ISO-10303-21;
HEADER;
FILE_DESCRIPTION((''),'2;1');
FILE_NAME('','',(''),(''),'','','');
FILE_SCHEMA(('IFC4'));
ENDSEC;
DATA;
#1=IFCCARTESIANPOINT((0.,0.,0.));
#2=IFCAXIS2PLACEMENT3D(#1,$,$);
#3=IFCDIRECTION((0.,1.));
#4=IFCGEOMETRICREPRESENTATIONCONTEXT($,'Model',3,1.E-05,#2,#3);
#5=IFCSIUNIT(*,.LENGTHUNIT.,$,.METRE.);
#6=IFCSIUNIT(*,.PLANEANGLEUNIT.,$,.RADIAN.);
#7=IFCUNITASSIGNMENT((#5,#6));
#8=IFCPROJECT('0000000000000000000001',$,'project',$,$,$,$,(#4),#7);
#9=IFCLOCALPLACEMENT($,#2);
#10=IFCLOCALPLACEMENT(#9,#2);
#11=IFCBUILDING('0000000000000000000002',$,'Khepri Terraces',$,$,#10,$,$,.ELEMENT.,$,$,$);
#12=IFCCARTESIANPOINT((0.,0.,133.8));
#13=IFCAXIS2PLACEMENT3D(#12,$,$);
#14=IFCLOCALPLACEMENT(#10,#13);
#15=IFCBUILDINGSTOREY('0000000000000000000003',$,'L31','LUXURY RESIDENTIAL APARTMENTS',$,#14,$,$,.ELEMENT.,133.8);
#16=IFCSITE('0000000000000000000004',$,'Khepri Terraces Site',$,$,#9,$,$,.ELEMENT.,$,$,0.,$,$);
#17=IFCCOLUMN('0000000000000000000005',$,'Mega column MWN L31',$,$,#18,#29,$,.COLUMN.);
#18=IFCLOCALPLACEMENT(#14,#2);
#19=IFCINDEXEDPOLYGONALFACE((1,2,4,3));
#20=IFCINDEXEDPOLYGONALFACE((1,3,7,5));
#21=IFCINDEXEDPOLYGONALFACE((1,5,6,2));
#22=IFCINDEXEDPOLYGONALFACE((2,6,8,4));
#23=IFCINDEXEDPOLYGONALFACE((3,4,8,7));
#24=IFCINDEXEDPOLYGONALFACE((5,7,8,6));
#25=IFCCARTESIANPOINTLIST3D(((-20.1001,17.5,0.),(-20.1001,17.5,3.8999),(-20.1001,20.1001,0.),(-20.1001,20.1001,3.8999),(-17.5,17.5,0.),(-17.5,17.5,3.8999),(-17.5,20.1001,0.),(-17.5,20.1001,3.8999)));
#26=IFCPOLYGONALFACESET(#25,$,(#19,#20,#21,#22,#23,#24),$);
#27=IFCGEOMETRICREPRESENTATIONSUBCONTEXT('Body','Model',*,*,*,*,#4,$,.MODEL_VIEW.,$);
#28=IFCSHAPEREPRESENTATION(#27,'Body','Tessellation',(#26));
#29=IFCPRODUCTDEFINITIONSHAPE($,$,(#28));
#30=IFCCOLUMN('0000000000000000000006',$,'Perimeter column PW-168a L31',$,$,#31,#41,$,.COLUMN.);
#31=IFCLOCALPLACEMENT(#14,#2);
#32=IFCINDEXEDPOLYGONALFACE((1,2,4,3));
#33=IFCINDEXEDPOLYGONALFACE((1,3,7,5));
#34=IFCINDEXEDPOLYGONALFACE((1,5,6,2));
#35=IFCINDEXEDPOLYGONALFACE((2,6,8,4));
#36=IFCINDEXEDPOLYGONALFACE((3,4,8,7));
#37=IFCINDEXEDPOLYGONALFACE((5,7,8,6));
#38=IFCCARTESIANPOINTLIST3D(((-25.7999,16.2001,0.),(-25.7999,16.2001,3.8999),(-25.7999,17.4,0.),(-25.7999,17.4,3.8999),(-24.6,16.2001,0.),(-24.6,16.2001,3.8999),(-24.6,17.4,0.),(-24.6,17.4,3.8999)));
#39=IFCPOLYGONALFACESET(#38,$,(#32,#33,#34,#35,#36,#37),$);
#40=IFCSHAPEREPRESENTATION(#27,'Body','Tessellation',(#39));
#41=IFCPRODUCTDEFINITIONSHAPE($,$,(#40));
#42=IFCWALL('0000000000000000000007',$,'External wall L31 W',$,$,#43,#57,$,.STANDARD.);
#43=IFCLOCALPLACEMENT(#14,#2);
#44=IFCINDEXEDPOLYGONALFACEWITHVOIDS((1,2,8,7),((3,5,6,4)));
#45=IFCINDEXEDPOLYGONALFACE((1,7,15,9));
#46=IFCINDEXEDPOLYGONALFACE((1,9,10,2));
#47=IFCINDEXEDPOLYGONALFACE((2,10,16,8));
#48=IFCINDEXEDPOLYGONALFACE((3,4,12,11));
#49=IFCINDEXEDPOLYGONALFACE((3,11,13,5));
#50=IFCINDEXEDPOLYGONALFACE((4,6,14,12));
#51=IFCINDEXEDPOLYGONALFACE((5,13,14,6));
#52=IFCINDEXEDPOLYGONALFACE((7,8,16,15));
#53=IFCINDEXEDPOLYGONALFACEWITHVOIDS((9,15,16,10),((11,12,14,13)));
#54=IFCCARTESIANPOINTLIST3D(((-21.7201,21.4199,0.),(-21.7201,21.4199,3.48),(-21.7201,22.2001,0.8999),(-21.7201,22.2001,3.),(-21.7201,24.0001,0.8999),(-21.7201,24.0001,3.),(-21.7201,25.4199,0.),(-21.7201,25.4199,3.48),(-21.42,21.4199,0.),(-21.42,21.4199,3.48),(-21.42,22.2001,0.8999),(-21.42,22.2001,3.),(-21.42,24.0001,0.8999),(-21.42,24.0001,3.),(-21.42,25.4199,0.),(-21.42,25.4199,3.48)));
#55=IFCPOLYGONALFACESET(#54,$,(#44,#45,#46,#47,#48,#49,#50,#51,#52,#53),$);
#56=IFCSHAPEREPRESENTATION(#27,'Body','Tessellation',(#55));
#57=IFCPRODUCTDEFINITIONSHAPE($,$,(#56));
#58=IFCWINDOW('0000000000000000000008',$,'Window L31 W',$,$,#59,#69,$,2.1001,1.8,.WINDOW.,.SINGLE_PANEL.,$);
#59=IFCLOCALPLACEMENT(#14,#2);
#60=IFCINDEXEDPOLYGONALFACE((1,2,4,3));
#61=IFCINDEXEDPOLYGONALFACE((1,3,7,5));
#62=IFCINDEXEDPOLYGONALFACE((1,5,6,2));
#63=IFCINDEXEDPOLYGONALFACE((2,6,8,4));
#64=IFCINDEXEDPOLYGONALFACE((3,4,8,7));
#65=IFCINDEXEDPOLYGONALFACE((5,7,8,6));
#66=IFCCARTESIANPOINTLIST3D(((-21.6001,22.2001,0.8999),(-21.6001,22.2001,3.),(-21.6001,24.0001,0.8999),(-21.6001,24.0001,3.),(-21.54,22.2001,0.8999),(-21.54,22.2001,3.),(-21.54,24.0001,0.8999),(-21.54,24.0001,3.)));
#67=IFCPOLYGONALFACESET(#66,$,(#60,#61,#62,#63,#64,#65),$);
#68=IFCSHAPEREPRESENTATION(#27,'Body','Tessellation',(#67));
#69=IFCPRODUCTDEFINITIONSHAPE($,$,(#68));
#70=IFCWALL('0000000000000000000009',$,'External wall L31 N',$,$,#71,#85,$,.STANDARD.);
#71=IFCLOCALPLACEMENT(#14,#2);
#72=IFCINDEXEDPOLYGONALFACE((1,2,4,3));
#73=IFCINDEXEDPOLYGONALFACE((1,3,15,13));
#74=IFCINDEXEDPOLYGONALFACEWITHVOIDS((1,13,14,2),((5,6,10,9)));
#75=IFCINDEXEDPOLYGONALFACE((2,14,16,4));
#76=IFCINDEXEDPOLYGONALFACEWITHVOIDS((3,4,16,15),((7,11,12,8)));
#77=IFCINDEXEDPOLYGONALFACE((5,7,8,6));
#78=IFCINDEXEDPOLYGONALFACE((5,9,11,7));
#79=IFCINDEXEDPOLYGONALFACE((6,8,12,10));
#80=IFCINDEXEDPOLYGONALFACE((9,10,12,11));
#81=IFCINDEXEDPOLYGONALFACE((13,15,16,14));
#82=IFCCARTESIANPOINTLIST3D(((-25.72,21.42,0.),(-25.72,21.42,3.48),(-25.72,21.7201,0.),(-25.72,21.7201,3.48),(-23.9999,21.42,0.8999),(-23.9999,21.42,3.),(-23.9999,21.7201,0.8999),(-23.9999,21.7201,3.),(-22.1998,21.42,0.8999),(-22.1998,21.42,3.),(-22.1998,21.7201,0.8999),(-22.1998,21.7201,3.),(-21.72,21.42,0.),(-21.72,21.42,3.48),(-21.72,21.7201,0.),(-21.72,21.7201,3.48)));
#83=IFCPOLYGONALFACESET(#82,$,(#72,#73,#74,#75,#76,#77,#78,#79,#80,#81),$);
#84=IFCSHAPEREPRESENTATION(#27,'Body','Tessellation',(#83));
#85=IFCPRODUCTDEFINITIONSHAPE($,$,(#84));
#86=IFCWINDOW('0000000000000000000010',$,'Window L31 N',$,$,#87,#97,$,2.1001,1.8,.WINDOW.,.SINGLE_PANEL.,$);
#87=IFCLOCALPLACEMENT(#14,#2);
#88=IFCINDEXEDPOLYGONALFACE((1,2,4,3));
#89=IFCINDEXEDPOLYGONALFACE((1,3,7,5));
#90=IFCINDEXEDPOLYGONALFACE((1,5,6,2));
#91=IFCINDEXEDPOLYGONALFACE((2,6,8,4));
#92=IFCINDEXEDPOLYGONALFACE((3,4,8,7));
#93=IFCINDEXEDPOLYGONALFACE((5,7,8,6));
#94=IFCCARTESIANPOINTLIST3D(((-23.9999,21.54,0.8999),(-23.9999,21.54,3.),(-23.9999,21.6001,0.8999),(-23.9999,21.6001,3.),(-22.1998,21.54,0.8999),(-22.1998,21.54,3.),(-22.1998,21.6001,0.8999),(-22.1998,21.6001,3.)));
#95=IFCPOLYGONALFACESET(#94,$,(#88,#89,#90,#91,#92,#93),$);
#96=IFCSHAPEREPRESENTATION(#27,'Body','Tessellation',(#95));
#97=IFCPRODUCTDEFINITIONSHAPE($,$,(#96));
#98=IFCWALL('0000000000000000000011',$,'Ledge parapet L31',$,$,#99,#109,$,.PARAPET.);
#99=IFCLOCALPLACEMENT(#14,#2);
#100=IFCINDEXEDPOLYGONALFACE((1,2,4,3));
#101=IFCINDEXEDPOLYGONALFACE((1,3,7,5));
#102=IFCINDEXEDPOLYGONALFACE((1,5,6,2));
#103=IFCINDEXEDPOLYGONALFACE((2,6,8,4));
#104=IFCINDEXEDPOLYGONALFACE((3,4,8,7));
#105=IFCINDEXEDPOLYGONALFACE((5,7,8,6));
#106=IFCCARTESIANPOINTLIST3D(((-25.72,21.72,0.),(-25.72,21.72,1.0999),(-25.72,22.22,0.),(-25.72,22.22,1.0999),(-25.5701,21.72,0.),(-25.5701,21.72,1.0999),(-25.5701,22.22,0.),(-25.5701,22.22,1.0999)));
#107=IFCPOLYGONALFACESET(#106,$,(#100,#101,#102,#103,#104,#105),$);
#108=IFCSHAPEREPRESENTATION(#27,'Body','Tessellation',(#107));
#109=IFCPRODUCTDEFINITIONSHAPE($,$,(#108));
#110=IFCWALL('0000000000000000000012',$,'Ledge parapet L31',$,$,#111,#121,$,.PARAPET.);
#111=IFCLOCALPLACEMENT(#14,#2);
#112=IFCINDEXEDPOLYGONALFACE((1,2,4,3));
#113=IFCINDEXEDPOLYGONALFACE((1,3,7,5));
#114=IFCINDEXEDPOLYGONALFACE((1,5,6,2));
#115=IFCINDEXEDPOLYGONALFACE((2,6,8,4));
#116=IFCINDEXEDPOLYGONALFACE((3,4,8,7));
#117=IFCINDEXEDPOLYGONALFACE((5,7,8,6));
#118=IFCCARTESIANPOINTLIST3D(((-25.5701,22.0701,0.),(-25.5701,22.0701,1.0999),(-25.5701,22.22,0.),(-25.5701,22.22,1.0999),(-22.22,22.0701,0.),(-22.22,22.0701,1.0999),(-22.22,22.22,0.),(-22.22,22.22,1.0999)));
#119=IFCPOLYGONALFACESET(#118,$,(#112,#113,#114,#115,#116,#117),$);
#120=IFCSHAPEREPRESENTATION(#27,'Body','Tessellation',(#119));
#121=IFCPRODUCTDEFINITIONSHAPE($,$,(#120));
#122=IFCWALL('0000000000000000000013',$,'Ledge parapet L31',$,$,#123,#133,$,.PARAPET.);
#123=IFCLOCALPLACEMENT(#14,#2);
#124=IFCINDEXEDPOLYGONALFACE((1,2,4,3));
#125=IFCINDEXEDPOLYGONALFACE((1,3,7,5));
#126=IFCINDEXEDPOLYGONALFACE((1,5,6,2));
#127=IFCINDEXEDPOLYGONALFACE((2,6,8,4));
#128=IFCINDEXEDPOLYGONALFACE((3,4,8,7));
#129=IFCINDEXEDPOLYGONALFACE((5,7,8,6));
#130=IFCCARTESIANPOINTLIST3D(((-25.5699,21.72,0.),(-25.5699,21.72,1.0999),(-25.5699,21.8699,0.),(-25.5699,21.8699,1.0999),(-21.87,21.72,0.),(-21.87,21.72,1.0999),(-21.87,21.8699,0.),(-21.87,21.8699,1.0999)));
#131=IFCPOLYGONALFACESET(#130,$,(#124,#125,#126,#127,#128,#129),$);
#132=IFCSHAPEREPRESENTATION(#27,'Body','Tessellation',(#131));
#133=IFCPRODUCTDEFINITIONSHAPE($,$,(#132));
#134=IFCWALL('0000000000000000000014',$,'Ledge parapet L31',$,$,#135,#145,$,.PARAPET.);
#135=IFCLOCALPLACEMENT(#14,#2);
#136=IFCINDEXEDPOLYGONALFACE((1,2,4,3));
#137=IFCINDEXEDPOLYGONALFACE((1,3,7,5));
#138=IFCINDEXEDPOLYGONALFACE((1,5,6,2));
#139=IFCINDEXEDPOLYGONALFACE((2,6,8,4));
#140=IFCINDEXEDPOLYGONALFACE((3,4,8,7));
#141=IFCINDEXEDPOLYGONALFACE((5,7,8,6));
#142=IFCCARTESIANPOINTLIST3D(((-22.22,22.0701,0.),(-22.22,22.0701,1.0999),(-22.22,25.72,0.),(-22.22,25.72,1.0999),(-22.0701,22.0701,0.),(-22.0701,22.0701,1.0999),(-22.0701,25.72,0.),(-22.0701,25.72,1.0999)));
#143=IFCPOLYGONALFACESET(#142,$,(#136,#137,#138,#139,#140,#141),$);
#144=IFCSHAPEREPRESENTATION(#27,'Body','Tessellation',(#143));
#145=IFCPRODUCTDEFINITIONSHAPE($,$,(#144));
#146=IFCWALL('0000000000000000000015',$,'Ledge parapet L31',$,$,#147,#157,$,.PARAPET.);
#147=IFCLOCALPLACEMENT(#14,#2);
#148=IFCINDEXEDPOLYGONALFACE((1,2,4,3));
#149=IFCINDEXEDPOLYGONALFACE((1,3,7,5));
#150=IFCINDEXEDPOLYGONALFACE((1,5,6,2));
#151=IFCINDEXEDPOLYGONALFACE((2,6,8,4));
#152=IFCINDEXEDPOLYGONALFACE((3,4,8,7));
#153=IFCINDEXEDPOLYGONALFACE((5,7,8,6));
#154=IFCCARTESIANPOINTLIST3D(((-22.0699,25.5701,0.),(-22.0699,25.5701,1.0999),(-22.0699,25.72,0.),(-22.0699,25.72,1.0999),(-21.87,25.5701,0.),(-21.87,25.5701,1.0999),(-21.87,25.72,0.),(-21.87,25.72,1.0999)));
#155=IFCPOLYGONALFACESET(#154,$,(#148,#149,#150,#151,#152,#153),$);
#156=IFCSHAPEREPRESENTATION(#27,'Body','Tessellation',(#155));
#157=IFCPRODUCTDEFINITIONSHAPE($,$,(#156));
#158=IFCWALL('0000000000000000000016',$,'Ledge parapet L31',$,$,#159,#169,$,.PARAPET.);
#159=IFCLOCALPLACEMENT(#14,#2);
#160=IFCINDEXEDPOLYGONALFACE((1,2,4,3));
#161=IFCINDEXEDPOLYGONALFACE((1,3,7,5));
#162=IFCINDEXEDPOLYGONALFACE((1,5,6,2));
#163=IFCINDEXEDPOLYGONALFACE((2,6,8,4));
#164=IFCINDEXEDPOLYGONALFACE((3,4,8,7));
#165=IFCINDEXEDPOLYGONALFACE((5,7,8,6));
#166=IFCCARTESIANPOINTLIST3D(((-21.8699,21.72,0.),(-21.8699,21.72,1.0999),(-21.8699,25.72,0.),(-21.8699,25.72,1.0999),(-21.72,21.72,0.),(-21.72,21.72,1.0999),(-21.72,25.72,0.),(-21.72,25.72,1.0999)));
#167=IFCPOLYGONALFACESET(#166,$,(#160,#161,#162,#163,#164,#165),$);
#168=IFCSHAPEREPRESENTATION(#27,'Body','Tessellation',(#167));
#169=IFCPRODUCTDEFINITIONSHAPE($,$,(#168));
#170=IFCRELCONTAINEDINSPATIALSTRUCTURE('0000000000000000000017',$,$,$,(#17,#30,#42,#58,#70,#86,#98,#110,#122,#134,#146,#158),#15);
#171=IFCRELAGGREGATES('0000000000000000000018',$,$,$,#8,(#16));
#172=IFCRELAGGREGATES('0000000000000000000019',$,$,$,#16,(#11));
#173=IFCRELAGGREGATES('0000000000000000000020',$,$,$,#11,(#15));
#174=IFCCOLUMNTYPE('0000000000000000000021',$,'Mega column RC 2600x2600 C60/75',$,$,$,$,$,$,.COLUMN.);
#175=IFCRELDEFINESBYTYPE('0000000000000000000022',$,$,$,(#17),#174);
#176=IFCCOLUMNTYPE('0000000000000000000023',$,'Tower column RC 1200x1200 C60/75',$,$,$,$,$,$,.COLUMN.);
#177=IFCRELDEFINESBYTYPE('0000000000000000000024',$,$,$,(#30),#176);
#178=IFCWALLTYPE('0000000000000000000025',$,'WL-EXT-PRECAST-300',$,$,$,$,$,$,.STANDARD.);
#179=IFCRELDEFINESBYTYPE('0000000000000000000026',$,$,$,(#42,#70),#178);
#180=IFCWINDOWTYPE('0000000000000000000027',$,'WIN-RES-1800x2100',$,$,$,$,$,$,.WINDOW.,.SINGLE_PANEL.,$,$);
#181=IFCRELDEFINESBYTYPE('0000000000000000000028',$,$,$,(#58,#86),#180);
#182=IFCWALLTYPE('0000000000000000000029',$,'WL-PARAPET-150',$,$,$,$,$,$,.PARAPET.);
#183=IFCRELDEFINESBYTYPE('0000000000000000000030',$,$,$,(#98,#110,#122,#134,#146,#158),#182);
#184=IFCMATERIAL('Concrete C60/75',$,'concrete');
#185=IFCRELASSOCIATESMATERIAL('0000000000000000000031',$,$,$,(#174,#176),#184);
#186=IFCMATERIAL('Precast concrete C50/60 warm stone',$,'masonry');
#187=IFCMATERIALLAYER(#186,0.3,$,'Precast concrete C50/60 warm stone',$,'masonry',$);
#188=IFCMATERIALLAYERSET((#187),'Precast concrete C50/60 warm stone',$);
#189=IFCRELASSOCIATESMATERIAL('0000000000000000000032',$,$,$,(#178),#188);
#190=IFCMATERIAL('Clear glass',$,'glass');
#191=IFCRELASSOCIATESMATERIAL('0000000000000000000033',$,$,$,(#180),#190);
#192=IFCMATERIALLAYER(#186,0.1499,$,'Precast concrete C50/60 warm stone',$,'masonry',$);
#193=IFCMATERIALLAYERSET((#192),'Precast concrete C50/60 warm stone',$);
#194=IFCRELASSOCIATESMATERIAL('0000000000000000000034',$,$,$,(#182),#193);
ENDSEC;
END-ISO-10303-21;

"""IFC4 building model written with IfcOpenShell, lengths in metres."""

from ifc_helpers import new_model, si_unit, direction, frame, frame_2d, origin, origin_2d, place, context, subcontext, project, spatial, rectangle, extrude, material, layer, layer_set, material_profile, profile_set, type_object, element, fill, save


model = new_model("IFC4")

# Units and contexts
model_context = context("Model", 3, precision=1e-05, world=origin(), true_north=direction((0.0, 1.0)))
body_context = subcontext(model_context, "Body", "Model", "MODEL_VIEW")
ifc_project = project(units=[si_unit("LENGTHUNIT", "METRE"), si_unit("PLANEANGLEUNIT", "RADIAN")], contexts=[model_context])

# Site, building, storey
site_placement = place(None, origin())
site = spatial("IfcSite", under=ifc_project, at=site_placement, Name="Khepri Terraces Site", CompositionType="ELEMENT", RefElevation=0.0)
building_placement = place(site_placement, origin())
building = spatial("IfcBuilding", under=site, at=building_placement, Name="Khepri Terraces", CompositionType="ELEMENT")
storey_placement = place(building_placement, frame((0.0, 0.0, 133.8)))
storey = spatial("IfcBuildingStorey", under=building, at=storey_placement, Name="L31", Description="LUXURY RESIDENTIAL APARTMENTS", CompositionType="ELEMENT", Elevation=133.8)

# Columns
ifc_material_1 = material(Name="Concrete C60/75", Category="concrete")
ifc_material_profile_1 = material_profile(ifc_material_1, rectangle(XDim=2.6001, YDim=2.6001, at=origin_2d()), Name="Concrete C60/75", Category="concrete")
ifc_profile_set_1 = profile_set([ifc_material_profile_1], Name="Concrete C60/75")
column_type_1 = type_object("IfcColumnType", Name="Mega column RC 2600x2600 C60/75", PredefinedType="COLUMN", material=ifc_profile_set_1)
column_1_placement = place(storey_placement, frame((-18.8, 18.8, 0.0), z_axis=(0.0, 0.0, 1.0), x_axis=(1.0, 0.0, 0.0)))
element("IfcColumn", 1, at=column_1_placement, inside=storey, type_object=column_type_1, Name="Mega column MWN L31", PredefinedType="COLUMN", context=body_context, shape_type="SweptSolid", body=[
    extrude(rectangle(XDim=2.6001, YDim=2.6001, at=origin_2d()), origin(), (0.0, 0.0, 1.0), 3.8999),
])
ifc_material_profile_2 = material_profile(ifc_material_1, rectangle(XDim=1.2, YDim=1.2, at=origin_2d()), Name="Concrete C60/75", Category="concrete")
ifc_profile_set_2 = profile_set([ifc_material_profile_2], Name="Concrete C60/75")
column_type_2 = type_object("IfcColumnType", Name="Tower column RC 1200x1200 C60/75", PredefinedType="COLUMN", material=ifc_profile_set_2)
column_2_placement = place(storey_placement, frame((-25.2, 16.8, 0.0), z_axis=(0.0, 0.0, 1.0), x_axis=(1.0, 0.0, 0.0)))
element("IfcColumn", 2, at=column_2_placement, inside=storey, type_object=column_type_2, Name="Perimeter column PW-168a L31", PredefinedType="COLUMN", context=body_context, shape_type="SweptSolid", body=[
    extrude(rectangle(XDim=1.2, YDim=1.2, at=origin_2d()), origin(), (0.0, 0.0, 1.0), 3.8999),
])

# Shared definitions
ifc_material_2 = material(Name="Precast concrete C50/60 warm stone", Category="masonry")
ifc_layer_1 = layer(ifc_material_2, 0.3, Name="Precast concrete C50/60 warm stone", Category="masonry")
ifc_layer_set_1 = layer_set([ifc_layer_1], Name="Precast concrete C50/60 warm stone")
wall_type_1 = type_object("IfcWallType", Name="WL-EXT-PRECAST-300", PredefinedType="STANDARD", material=ifc_layer_set_1)
ifc_material_3 = material(Name="Clear glass", Category="glass")
window_type = type_object("IfcWindowType", Name="WIN-RES-1800x2100", PartitioningType="SINGLE_PANEL", PredefinedType="WINDOW", material=ifc_material_3)

# Walls, openings, windows
wall_1_placement = place(storey_placement, frame((-21.5701, 25.4199, 0.0), z_axis=(0.0, 0.0, 1.0), x_axis=(0.0, -1.0, 0.0)))
wall_1 = element("IfcWall", 3, at=wall_1_placement, inside=storey, type_object=wall_type_1, Name="External wall L31 W", PredefinedType="STANDARD", context=body_context, shape_type="SweptSolid", body=[
    extrude(rectangle(XDim=4.0, YDim=0.3, at=frame_2d((2.0, 0.0))), origin(), (0.0, 0.0, 1.0), 3.48),
])
opening_1_placement = place(wall_1_placement, frame((1.4199, 0.0, 0.8999)))
opening_1 = element("IfcOpeningElement", 4, at=opening_1_placement, cuts=wall_1, PredefinedType="OPENING", context=body_context, shape_type="SweptSolid", body=[
    extrude(rectangle(XDim=1.8, YDim=2.1001, at=frame_2d((0.8999, 1.05))), frame((0.0, 0.1602, 0.0), z_axis=(0.0, -1.0, 0.0), x_axis=(1.0, 0.0, 0.0)), (0.0, 0.0, 1.0), 0.3201),
])
window_1_placement = place(opening_1_placement, origin())
window_1 = element("IfcWindow", 5, at=window_1_placement, inside=storey, type_object=window_type, Name="Window L31 W", OverallHeight=2.1001, OverallWidth=1.8, PartitioningType="SINGLE_PANEL", PredefinedType="WINDOW", context=body_context, shape_type="SweptSolid", body=[
    extrude(rectangle(XDim=1.8, YDim=2.1001, at=frame_2d((0.8999, 1.05))), frame((0.0, 0.03, 0.0), z_axis=(0.0, -1.0, 0.0), x_axis=(1.0, 0.0, 0.0)), (0.0, 0.0, 1.0), 0.0601),
])
fill(opening_1, window_1)
wall_2_placement = place(storey_placement, frame((-21.72, 21.5701, 0.0), z_axis=(0.0, 0.0, 1.0), x_axis=(-1.0, 0.0, 0.0)))
wall_2 = element("IfcWall", 6, at=wall_2_placement, inside=storey, type_object=wall_type_1, Name="External wall L31 N", PredefinedType="STANDARD", context=body_context, shape_type="SweptSolid", body=[
    extrude(rectangle(XDim=4.0, YDim=0.3, at=frame_2d((2.0, 0.0))), origin(), (0.0, 0.0, 1.0), 3.48),
])
opening_2_placement = place(wall_2_placement, frame((0.48, 0.0, 0.8999)))
opening_2 = element("IfcOpeningElement", 7, at=opening_2_placement, cuts=wall_2, PredefinedType="OPENING", context=body_context, shape_type="SweptSolid", body=[
    extrude(rectangle(XDim=1.8, YDim=2.1001, at=frame_2d((0.8999, 1.05))), frame((0.0, 0.1602, 0.0), z_axis=(0.0, -1.0, 0.0), x_axis=(1.0, 0.0, 0.0)), (0.0, 0.0, 1.0), 0.3201),
])
window_2_placement = place(opening_2_placement, origin())
window_2 = element("IfcWindow", 8, at=window_2_placement, inside=storey, type_object=window_type, Name="Window L31 N", OverallHeight=2.1001, OverallWidth=1.8, PartitioningType="SINGLE_PANEL", PredefinedType="WINDOW", context=body_context, shape_type="SweptSolid", body=[
    extrude(rectangle(XDim=1.8, YDim=2.1001, at=frame_2d((0.8999, 1.05))), frame((0.0, 0.03, 0.0), z_axis=(0.0, -1.0, 0.0), x_axis=(1.0, 0.0, 0.0)), (0.0, 0.0, 1.0), 0.0601),
])
fill(opening_2, window_2)

# Walls
ifc_layer_2 = layer(ifc_material_2, 0.1499, Name="Precast concrete C50/60 warm stone", Category="masonry")
ifc_layer_set_2 = layer_set([ifc_layer_2], Name="Precast concrete C50/60 warm stone")
wall_type_2 = type_object("IfcWallType", Name="WL-PARAPET-150", PredefinedType="PARAPET", material=ifc_layer_set_2)
wall_3_placement = place(storey_placement, frame((-25.645, 21.72, 0.0), z_axis=(0.0, 0.0, 1.0), x_axis=(0.0, 1.0, 0.0)))
element("IfcWall", 9, at=wall_3_placement, inside=storey, type_object=wall_type_2, Name="Ledge parapet L31", PredefinedType="PARAPET", context=body_context, shape_type="SweptSolid", body=[
    extrude(rectangle(XDim=0.5, YDim=0.1499, at=frame_2d((0.25, 0.0))), origin(), (0.0, 0.0, 1.0), 1.0999),
])
wall_4_placement = place(storey_placement, frame((-25.5701, 22.145, 0.0), z_axis=(0.0, 0.0, 1.0), x_axis=(1.0, 0.0, 0.0)))
element("IfcWall", 10, at=wall_4_placement, inside=storey, type_object=wall_type_2, Name="Ledge parapet L31", PredefinedType="PARAPET", context=body_context, shape_type="SweptSolid", body=[
    extrude(rectangle(XDim=3.3501, YDim=0.1499, at=frame_2d((1.675, 0.0))), origin(), (0.0, 0.0, 1.0), 1.0999),
])
wall_5_placement = place(storey_placement, frame((-25.5701, 21.7949, 0.0), z_axis=(0.0, 0.0, 1.0), x_axis=(1.0, 0.0, 0.0)))
element("IfcWall", 11, at=wall_5_placement, inside=storey, type_object=wall_type_2, Name="Ledge parapet L31", PredefinedType="PARAPET", context=body_context, shape_type="SweptSolid", body=[
    extrude(rectangle(XDim=3.7, YDim=0.1499, at=frame_2d((1.8501, 0.0))), origin(), (0.0, 0.0, 1.0), 1.0999),
])
wall_6_placement = place(storey_placement, frame((-22.145, 22.0701, 0.0), z_axis=(0.0, 0.0, 1.0), x_axis=(0.0, 1.0, 0.0)))
element("IfcWall", 12, at=wall_6_placement, inside=storey, type_object=wall_type_2, Name="Ledge parapet L31", PredefinedType="PARAPET", context=body_context, shape_type="SweptSolid", body=[
    extrude(rectangle(XDim=3.6499, YDim=0.1499, at=frame_2d((1.825, 0.0))), origin(), (0.0, 0.0, 1.0), 1.0999),
])
wall_7_placement = place(storey_placement, frame((-22.0701, 25.645, 0.0), z_axis=(0.0, 0.0, 1.0), x_axis=(1.0, 0.0, 0.0)))
element("IfcWall", 13, at=wall_7_placement, inside=storey, type_object=wall_type_2, Name="Ledge parapet L31", PredefinedType="PARAPET", context=body_context, shape_type="SweptSolid", body=[
    extrude(rectangle(XDim=0.2, YDim=0.1499, at=frame_2d((0.1001, 0.0))), origin(), (0.0, 0.0, 1.0), 1.0999),
])
wall_8_placement = place(storey_placement, frame((-21.7949, 21.72, 0.0), z_axis=(0.0, 0.0, 1.0), x_axis=(0.0, 1.0, 0.0)))
element("IfcWall", 14, at=wall_8_placement, inside=storey, type_object=wall_type_2, Name="Ledge parapet L31", PredefinedType="PARAPET", context=body_context, shape_type="SweptSolid", body=[
    extrude(rectangle(XDim=4.0, YDim=0.1499, at=frame_2d((2.0, 0.0))), origin(), (0.0, 0.0, 1.0), 1.0999),
])

save(model, "model.ifc")
